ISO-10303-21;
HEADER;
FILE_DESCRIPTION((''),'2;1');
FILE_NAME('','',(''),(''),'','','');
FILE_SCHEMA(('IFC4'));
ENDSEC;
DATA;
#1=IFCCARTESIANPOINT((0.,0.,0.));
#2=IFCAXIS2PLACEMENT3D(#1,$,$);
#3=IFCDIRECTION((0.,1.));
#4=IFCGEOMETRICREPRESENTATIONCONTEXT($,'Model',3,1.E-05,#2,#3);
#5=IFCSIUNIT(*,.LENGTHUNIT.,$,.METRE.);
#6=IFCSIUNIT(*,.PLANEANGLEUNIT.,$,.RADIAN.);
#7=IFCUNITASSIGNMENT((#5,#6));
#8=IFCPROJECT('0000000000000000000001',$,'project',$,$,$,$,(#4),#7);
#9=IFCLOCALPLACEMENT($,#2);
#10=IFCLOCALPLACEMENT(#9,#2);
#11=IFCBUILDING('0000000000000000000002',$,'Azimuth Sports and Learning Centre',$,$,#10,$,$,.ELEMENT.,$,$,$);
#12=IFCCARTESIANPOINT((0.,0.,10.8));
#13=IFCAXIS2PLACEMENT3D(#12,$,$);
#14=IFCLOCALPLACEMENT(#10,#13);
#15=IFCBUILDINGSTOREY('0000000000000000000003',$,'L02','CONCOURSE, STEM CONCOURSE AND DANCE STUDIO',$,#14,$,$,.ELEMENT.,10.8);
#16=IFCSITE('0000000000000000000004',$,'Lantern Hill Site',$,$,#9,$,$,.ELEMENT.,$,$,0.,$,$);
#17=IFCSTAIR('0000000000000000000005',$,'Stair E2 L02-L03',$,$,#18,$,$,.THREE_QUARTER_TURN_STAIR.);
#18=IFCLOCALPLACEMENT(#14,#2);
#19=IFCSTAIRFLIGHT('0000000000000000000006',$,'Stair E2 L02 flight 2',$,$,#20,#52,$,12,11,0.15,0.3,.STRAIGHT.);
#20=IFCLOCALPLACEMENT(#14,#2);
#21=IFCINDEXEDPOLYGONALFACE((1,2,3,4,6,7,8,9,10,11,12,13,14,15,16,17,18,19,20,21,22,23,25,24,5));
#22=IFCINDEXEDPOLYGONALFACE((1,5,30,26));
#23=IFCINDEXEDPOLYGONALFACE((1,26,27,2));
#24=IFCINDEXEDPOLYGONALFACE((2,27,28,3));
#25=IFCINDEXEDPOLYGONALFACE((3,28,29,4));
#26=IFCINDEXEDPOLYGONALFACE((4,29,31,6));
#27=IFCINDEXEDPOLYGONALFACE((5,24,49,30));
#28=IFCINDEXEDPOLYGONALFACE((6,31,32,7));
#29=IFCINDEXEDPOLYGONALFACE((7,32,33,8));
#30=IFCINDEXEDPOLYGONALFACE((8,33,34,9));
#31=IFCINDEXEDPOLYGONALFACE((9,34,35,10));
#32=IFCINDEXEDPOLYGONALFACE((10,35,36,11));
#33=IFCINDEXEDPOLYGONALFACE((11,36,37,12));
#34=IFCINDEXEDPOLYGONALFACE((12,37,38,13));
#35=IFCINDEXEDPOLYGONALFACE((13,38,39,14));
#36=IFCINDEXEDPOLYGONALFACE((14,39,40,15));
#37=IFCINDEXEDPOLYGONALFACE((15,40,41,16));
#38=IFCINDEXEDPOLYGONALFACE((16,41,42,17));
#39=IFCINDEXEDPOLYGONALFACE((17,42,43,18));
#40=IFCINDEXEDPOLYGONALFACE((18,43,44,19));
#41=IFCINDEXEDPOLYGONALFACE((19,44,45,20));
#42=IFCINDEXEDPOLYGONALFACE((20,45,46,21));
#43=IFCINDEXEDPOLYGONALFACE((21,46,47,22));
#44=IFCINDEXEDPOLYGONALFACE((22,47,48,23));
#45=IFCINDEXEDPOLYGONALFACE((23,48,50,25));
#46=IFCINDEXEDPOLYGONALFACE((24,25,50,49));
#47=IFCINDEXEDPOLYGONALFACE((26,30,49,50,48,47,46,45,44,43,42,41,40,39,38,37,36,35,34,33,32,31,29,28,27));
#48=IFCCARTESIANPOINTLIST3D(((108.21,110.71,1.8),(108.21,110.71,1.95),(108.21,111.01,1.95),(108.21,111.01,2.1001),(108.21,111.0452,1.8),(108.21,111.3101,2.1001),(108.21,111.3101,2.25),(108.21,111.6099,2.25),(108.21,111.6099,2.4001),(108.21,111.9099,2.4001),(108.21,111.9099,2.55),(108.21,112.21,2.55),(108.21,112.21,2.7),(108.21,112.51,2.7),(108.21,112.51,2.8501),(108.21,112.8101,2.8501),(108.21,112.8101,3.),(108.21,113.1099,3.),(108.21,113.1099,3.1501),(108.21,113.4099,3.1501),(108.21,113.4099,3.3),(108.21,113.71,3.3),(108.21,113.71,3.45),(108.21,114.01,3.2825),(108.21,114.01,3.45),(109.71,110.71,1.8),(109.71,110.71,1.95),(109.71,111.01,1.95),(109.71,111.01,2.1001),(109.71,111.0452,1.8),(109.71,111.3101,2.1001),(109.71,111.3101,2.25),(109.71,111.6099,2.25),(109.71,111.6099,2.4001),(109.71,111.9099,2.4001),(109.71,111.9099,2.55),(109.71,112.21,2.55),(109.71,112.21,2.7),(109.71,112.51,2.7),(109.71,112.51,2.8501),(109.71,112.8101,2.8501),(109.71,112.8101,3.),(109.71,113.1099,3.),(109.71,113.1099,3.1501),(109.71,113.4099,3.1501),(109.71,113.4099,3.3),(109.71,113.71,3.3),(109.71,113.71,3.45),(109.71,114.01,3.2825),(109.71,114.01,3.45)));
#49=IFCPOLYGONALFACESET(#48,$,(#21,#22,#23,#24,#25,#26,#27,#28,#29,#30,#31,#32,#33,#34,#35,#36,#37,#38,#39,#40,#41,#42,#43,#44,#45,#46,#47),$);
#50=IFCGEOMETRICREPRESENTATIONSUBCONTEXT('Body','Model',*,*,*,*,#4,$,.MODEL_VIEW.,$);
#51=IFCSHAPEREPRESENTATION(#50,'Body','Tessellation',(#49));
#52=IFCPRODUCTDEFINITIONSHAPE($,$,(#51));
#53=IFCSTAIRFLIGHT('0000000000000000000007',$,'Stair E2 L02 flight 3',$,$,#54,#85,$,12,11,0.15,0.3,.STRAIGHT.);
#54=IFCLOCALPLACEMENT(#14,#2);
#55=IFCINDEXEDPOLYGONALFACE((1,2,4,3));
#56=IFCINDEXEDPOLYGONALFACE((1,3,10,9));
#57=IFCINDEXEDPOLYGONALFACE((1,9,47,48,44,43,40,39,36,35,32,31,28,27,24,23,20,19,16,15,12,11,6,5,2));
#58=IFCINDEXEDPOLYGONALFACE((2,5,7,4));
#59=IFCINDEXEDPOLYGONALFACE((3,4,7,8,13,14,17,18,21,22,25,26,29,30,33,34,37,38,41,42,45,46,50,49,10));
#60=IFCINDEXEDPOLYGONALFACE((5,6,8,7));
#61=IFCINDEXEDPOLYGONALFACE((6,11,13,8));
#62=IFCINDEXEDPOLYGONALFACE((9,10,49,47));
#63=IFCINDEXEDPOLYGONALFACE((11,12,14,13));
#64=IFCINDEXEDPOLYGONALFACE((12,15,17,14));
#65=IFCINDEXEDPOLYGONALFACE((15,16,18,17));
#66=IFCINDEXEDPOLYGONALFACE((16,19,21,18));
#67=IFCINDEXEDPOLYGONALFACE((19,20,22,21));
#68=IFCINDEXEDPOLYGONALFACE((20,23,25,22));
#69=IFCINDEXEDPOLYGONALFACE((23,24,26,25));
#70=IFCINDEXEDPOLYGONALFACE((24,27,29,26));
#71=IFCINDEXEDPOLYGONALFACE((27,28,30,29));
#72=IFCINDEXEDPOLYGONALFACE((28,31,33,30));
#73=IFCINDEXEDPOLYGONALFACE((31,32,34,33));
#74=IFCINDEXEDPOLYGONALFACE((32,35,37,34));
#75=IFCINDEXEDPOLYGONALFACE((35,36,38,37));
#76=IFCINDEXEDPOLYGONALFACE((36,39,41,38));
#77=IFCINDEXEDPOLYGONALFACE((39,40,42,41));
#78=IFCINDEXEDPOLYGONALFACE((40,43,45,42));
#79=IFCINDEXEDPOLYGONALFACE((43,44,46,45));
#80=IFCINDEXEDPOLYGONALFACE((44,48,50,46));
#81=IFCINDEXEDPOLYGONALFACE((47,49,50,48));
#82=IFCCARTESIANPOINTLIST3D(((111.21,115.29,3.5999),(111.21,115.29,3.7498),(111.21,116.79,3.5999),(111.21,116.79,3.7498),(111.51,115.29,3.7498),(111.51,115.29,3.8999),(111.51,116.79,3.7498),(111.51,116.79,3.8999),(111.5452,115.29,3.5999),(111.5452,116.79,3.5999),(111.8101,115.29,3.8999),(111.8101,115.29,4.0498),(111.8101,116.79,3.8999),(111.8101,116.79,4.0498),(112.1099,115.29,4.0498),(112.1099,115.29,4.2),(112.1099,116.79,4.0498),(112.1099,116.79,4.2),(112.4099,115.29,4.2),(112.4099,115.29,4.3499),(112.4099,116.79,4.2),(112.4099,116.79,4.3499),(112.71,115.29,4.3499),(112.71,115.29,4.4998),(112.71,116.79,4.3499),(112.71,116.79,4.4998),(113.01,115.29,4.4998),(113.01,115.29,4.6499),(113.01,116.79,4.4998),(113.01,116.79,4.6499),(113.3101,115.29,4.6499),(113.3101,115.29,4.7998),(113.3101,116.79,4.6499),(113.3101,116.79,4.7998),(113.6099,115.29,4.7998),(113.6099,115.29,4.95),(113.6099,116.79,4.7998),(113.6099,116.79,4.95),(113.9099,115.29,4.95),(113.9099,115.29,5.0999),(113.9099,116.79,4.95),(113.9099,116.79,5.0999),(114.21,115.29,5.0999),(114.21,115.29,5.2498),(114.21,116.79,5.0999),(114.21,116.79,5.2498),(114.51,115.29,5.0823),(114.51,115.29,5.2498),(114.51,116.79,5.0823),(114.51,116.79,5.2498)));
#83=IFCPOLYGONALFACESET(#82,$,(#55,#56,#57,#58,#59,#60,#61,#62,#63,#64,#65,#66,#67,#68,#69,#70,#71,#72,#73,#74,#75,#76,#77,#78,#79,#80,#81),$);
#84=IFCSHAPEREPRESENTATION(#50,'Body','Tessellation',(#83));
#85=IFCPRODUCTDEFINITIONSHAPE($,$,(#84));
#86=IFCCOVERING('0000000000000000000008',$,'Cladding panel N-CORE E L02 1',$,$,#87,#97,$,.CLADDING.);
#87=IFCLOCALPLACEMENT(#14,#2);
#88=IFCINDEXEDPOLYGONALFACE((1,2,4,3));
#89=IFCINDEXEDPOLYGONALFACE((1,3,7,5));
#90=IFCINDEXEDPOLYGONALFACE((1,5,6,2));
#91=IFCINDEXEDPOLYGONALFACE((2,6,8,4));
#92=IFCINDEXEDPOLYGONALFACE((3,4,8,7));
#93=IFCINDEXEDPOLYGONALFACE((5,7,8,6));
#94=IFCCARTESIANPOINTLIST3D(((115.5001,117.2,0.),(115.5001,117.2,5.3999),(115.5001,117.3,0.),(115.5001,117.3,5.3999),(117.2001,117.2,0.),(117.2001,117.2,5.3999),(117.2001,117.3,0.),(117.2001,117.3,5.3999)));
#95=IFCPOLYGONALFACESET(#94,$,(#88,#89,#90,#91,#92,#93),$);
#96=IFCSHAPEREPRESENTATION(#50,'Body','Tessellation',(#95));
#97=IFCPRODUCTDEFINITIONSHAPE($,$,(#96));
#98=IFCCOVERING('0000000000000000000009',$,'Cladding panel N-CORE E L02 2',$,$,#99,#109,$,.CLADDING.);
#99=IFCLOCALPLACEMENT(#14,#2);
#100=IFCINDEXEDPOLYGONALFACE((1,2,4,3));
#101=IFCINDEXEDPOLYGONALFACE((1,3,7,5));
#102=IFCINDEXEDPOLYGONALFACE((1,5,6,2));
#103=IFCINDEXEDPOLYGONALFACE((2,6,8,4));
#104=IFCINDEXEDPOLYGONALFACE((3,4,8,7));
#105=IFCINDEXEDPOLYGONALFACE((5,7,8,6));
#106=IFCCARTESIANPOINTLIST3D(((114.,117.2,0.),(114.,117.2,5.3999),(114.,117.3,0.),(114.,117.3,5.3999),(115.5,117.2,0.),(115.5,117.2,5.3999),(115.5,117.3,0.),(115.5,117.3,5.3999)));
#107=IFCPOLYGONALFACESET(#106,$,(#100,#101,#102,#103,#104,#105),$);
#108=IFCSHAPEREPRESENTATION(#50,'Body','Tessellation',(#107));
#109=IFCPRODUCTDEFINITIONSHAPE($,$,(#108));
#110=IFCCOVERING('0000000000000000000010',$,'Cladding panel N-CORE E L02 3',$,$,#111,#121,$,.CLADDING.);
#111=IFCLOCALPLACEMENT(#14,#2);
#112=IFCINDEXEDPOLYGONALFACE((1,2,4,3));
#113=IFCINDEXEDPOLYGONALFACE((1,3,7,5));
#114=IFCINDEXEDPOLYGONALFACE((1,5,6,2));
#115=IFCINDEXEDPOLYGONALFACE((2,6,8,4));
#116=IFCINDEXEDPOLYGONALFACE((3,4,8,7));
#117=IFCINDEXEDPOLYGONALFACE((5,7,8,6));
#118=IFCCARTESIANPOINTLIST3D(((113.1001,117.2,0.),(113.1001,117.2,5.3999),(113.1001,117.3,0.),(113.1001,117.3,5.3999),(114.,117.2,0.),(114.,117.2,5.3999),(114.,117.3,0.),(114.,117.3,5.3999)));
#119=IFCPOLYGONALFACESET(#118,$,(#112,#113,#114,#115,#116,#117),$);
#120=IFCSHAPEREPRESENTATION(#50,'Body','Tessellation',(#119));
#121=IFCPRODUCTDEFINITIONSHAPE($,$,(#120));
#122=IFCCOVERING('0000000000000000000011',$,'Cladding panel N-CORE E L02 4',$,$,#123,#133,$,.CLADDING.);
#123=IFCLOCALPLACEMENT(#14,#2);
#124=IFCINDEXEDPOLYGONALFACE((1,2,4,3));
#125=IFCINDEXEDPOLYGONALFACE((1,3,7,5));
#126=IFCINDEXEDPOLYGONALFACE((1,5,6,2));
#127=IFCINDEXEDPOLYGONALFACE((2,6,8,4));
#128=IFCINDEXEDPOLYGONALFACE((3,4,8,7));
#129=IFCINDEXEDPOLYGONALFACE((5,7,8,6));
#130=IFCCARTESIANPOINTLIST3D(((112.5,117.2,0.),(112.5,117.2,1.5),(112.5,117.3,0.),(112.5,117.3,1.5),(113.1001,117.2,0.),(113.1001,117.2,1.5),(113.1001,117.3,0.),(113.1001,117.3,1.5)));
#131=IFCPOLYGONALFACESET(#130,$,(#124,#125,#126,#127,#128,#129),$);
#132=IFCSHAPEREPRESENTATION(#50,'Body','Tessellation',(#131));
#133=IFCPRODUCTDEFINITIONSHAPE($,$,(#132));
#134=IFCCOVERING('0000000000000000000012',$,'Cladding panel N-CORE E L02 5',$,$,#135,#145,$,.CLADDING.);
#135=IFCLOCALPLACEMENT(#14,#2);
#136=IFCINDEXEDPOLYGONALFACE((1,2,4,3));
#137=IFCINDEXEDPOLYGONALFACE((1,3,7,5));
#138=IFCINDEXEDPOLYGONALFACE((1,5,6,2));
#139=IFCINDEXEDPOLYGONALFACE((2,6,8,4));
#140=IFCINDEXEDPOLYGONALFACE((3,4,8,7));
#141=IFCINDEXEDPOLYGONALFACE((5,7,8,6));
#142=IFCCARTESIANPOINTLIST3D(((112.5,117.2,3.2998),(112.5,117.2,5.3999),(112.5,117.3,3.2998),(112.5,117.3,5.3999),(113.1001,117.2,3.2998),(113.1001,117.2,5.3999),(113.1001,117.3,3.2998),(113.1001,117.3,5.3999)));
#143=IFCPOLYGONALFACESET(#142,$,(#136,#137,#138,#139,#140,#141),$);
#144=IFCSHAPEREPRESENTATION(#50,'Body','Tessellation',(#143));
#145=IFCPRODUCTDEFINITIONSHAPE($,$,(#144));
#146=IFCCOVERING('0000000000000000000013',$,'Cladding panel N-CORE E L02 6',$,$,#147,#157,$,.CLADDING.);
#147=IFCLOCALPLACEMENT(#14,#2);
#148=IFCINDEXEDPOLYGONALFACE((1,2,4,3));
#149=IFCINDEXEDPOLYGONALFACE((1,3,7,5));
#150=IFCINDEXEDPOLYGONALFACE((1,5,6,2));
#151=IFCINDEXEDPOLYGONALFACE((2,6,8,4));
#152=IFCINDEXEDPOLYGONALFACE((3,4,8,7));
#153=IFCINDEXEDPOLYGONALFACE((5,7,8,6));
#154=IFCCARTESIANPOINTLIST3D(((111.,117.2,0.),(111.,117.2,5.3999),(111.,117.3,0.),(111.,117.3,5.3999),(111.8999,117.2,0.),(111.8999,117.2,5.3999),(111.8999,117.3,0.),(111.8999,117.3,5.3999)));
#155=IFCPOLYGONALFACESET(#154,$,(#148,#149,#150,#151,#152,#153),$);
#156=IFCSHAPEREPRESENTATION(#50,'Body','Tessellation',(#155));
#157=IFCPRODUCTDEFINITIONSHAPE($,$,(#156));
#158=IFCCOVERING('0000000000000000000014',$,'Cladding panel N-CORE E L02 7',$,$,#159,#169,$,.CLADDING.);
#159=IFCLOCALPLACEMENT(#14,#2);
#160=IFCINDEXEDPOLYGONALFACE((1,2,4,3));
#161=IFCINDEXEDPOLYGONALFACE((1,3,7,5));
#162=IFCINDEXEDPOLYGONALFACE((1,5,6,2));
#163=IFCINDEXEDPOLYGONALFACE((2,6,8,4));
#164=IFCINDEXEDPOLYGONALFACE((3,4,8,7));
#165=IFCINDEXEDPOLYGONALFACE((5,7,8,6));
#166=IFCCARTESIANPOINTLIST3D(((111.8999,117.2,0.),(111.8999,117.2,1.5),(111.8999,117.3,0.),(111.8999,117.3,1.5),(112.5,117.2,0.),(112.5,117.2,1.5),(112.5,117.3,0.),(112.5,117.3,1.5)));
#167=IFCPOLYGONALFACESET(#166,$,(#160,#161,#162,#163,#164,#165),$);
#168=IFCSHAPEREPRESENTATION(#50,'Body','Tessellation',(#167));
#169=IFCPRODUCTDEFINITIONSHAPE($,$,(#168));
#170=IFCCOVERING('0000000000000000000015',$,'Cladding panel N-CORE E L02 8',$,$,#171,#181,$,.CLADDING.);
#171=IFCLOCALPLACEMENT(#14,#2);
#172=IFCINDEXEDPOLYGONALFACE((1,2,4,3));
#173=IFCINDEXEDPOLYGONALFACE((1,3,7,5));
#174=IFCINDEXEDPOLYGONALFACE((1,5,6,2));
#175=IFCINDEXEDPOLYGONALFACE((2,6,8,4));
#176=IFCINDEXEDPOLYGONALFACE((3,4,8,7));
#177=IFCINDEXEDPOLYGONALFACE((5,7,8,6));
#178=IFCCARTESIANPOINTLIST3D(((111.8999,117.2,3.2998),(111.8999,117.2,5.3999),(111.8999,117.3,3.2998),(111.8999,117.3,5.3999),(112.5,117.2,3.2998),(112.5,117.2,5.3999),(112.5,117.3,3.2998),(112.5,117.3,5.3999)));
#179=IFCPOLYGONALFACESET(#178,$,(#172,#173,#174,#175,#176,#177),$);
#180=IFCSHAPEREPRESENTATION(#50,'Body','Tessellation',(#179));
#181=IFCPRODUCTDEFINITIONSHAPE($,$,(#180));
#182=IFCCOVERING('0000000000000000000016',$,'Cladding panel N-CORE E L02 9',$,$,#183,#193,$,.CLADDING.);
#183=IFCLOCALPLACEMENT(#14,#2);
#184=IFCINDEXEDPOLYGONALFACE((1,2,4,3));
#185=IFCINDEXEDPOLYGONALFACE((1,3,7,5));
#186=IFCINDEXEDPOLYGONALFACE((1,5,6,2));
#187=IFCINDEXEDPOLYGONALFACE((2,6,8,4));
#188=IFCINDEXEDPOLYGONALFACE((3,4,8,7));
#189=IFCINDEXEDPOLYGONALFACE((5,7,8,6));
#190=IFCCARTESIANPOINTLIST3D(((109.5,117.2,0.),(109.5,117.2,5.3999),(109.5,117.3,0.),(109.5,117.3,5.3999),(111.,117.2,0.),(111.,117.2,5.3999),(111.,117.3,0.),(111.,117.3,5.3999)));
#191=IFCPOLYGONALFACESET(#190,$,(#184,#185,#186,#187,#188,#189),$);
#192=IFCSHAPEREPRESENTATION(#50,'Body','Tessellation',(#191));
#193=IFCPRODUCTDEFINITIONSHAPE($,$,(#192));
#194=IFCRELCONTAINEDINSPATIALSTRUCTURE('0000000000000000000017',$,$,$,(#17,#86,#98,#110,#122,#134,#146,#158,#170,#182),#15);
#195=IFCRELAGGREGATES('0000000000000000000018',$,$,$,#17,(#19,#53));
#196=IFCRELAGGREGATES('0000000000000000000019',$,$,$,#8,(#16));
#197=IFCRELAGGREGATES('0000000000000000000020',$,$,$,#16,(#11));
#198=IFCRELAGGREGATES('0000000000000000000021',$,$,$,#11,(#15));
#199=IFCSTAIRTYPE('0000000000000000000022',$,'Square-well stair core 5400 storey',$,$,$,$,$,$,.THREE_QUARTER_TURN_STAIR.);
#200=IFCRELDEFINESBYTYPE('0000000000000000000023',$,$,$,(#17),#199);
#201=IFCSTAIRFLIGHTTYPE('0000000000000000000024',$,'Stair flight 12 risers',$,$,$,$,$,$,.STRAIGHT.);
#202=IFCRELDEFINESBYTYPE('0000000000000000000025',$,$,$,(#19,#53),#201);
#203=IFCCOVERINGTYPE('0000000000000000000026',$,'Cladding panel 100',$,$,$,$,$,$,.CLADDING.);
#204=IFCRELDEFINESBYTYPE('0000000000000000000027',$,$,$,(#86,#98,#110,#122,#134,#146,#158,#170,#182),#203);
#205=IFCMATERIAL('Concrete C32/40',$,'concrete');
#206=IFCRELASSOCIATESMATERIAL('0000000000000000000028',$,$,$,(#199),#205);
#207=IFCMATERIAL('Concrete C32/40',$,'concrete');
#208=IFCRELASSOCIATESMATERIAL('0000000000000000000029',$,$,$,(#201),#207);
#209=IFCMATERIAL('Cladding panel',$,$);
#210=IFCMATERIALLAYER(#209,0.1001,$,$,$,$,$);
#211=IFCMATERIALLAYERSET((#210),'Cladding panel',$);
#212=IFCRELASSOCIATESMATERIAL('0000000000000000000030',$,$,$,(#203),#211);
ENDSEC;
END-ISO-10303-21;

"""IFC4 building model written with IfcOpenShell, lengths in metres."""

from ifc_helpers import new_model, si_unit, direction, frame, origin, origin_2d, place, context, subcontext, project, spatial, polyline, rectangle, outline, extrude, material, layer, layer_set, type_object, element, aggregate, save


model = new_model("IFC4")

# Units and contexts
model_context = context("Model", 3, precision=1e-05, world=origin(), true_north=direction((0.0, 1.0)))
body_context = subcontext(model_context, "Body", "Model", "MODEL_VIEW")
ifc_project = project(units=[si_unit("LENGTHUNIT", "METRE"), si_unit("PLANEANGLEUNIT", "RADIAN")], contexts=[model_context])

# Site, building, storey
site_placement = place(None, origin())
site = spatial("IfcSite", under=ifc_project, at=site_placement, Name="Lantern Hill Site", CompositionType="ELEMENT", RefElevation=0.0)
building_placement = place(site_placement, origin())
building = spatial("IfcBuilding", under=site, at=building_placement, Name="Azimuth Sports and Learning Centre", CompositionType="ELEMENT")
storey_placement = place(building_placement, frame((0.0, 0.0, 10.8)))
storey = spatial("IfcBuildingStorey", under=building, at=storey_placement, Name="L02", Description="CONCOURSE, STEM CONCOURSE AND DANCE STUDIO", CompositionType="ELEMENT", Elevation=10.8)

# Stair, stair flights
ifc_material_1 = material(Name="Concrete C32/40", Category="concrete")
stair_type = type_object("IfcStairType", Name="Square-well stair core 5400 storey", PredefinedType="THREE_QUARTER_TURN_STAIR", material=ifc_material_1)
stair_placement = place(storey_placement, origin())
stair = element("IfcStair", 1, at=stair_placement, inside=storey, type_object=stair_type, Name="Stair E2 L02-L03", PredefinedType="THREE_QUARTER_TURN_STAIR")
ifc_material_2 = material(Name="Concrete C32/40", Category="concrete")
stair_flight_type = type_object("IfcStairFlightType", Name="Stair flight 12 risers", PredefinedType="STRAIGHT", material=ifc_material_2)
stair_flight_1_placement = place(storey_placement, frame((108.96, 110.71, 1.8), z_axis=(0.0, 0.0, 1.0), x_axis=(0.0, 1.0, 0.0)))
stair_flight_1 = element("IfcStairFlight", 2, at=stair_flight_1_placement, type_object=stair_flight_type, Name="Stair E2 L02 flight 2", NumberOfRisers=12, NumberOfTreads=11, PredefinedType="STRAIGHT", RiserHeight=0.15, TreadLength=0.3, context=body_context, shape_type="SweptSolid", body=[
    extrude(outline(polyline([(0.0, 0.0), (0.0, 0.1499), (0.3, 0.1499), (0.3, 0.3), (0.6001, 0.3), (0.6001, 0.45), (0.8999, 0.45), (0.8999, 0.6001), (1.2, 0.6001), (1.2, 0.75), (1.5, 0.75), (1.5, 0.8999), (1.8, 0.8999), (1.8, 1.05), (2.1001, 1.05), (2.1001, 1.2), (2.3999, 1.2), (2.3999, 1.3501), (2.7, 1.3501), (2.7, 1.5), (3.0, 1.5), (3.0, 1.6499), (3.3, 1.6499), (3.3, 1.8), (3.3, 1.4824), (0.3352, 0.0), (0.0, 0.0)])), frame((0.0, 0.75, 0.0), z_axis=(0.0, -1.0, 0.0), x_axis=(1.0, 0.0, 0.0)), (0.0, 0.0, 1.0), 1.5),
])
stair_flight_2_placement = place(storey_placement, frame((111.21, 116.04, 3.5999), z_axis=(0.0, 0.0, 1.0), x_axis=(1.0, 0.0, 0.0)))
stair_flight_2 = element("IfcStairFlight", 3, at=stair_flight_2_placement, type_object=stair_flight_type, Name="Stair E2 L02 flight 3", NumberOfRisers=12, NumberOfTreads=11, PredefinedType="STRAIGHT", RiserHeight=0.15, TreadLength=0.3, context=body_context, shape_type="SweptSolid", body=[
    extrude(outline(polyline([(0.0, 0.0), (0.0, 0.1499), (0.3, 0.1499), (0.3, 0.3), (0.6001, 0.3), (0.6001, 0.45), (0.8999, 0.45), (0.8999, 0.6001), (1.2, 0.6001), (1.2, 0.75), (1.5, 0.75), (1.5, 0.8999), (1.8, 0.8999), (1.8, 1.05), (2.1001, 1.05), (2.1001, 1.2), (2.3999, 1.2), (2.3999, 1.3501), (2.7, 1.3501), (2.7, 1.5), (3.0, 1.5), (3.0, 1.6499), (3.3, 1.6499), (3.3, 1.8), (3.3, 1.4824), (0.3352, 0.0), (0.0, 0.0)])), frame((0.0, 0.75, 0.0), z_axis=(0.0, -1.0, 0.0), x_axis=(1.0, 0.0, 0.0)), (0.0, 0.0, 1.0), 1.5),
])
aggregate(stair, [stair_flight_1, stair_flight_2])

# Coverings
ifc_material_3 = material(Name="Cladding panel")
ifc_layer_1 = layer(ifc_material_3, 0.1001)
ifc_layer_set_1 = layer_set([ifc_layer_1], Name="Cladding panel")
covering_type = type_object("IfcCoveringType", Name="Cladding panel 100", PredefinedType="CLADDING", material=ifc_layer_set_1)
covering_1_placement = place(storey_placement, frame((116.3501, 117.25, 0.0), z_axis=(0.0, 0.0, 1.0), x_axis=(-1.0, 0.0, 0.0)))
element("IfcCovering", 4, at=covering_1_placement, inside=storey, type_object=covering_type, Name="Cladding panel N-CORE E L02 1", PredefinedType="CLADDING", context=body_context, shape_type="SweptSolid", body=[
    extrude(rectangle(XDim=1.7, YDim=0.1001, at=origin_2d()), origin(), (0.0, 0.0, 1.0), 5.3999),
])
covering_2_placement = place(storey_placement, frame((114.75, 117.25, 0.0), z_axis=(0.0, 0.0, 1.0), x_axis=(-1.0, 0.0, 0.0)))
element("IfcCovering", 5, at=covering_2_placement, inside=storey, type_object=covering_type, Name="Cladding panel N-CORE E L02 2", PredefinedType="CLADDING", context=body_context, shape_type="SweptSolid", body=[
    extrude(rectangle(XDim=1.5, YDim=0.1001, at=origin_2d()), origin(), (0.0, 0.0, 1.0), 5.3999),
])
covering_3_placement = place(storey_placement, frame((113.55, 117.25, 0.0), z_axis=(0.0, 0.0, 1.0), x_axis=(-1.0, 0.0, 0.0)))
element("IfcCovering", 6, at=covering_3_placement, inside=storey, type_object=covering_type, Name="Cladding panel N-CORE E L02 3", PredefinedType="CLADDING", context=body_context, shape_type="SweptSolid", body=[
    extrude(rectangle(XDim=0.8999, YDim=0.1001, at=origin_2d()), origin(), (0.0, 0.0, 1.0), 5.3999),
])
covering_4_placement = place(storey_placement, frame((112.8, 117.25, 0.0), z_axis=(0.0, 0.0, 1.0), x_axis=(-1.0, 0.0, 0.0)))
element("IfcCovering", 7, at=covering_4_placement, inside=storey, type_object=covering_type, Name="Cladding panel N-CORE E L02 4", PredefinedType="CLADDING", context=body_context, shape_type="SweptSolid", body=[
    extrude(rectangle(XDim=0.6001, YDim=0.1001, at=origin_2d()), origin(), (0.0, 0.0, 1.0), 1.5),
])
covering_5_placement = place(storey_placement, frame((112.8, 117.25, 3.2998), z_axis=(0.0, 0.0, 1.0), x_axis=(-1.0, 0.0, 0.0)))
element("IfcCovering", 8, at=covering_5_placement, inside=storey, type_object=covering_type, Name="Cladding panel N-CORE E L02 5", PredefinedType="CLADDING", context=body_context, shape_type="SweptSolid", body=[
    extrude(rectangle(XDim=0.6001, YDim=0.1001, at=origin_2d()), origin(), (0.0, 0.0, 1.0), 2.1001),
])
covering_6_placement = place(storey_placement, frame((111.45, 117.25, 0.0), z_axis=(0.0, 0.0, 1.0), x_axis=(-1.0, 0.0, 0.0)))
element("IfcCovering", 9, at=covering_6_placement, inside=storey, type_object=covering_type, Name="Cladding panel N-CORE E L02 6", PredefinedType="CLADDING", context=body_context, shape_type="SweptSolid", body=[
    extrude(rectangle(XDim=0.8999, YDim=0.1001, at=origin_2d()), origin(), (0.0, 0.0, 1.0), 5.3999),
])
covering_7_placement = place(storey_placement, frame((112.2, 117.25, 0.0), z_axis=(0.0, 0.0, 1.0), x_axis=(-1.0, 0.0, 0.0)))
element("IfcCovering", 10, at=covering_7_placement, inside=storey, type_object=covering_type, Name="Cladding panel N-CORE E L02 7", PredefinedType="CLADDING", context=body_context, shape_type="SweptSolid", body=[
    extrude(rectangle(XDim=0.6001, YDim=0.1001, at=origin_2d()), origin(), (0.0, 0.0, 1.0), 1.5),
])
covering_8_placement = place(storey_placement, frame((112.2, 117.25, 3.2998), z_axis=(0.0, 0.0, 1.0), x_axis=(-1.0, 0.0, 0.0)))
element("IfcCovering", 11, at=covering_8_placement, inside=storey, type_object=covering_type, Name="Cladding panel N-CORE E L02 8", PredefinedType="CLADDING", context=body_context, shape_type="SweptSolid", body=[
    extrude(rectangle(XDim=0.6001, YDim=0.1001, at=origin_2d()), origin(), (0.0, 0.0, 1.0), 2.1001),
])
covering_9_placement = place(storey_placement, frame((110.25, 117.25, 0.0), z_axis=(0.0, 0.0, 1.0), x_axis=(-1.0, 0.0, 0.0)))
element("IfcCovering", 12, at=covering_9_placement, inside=storey, type_object=covering_type, Name="Cladding panel N-CORE E L02 9", PredefinedType="CLADDING", context=body_context, shape_type="SweptSolid", body=[
    extrude(rectangle(XDim=1.5, YDim=0.1001, at=origin_2d()), origin(), (0.0, 0.0, 1.0), 5.3999),
])

save(model, "model.ifc")
